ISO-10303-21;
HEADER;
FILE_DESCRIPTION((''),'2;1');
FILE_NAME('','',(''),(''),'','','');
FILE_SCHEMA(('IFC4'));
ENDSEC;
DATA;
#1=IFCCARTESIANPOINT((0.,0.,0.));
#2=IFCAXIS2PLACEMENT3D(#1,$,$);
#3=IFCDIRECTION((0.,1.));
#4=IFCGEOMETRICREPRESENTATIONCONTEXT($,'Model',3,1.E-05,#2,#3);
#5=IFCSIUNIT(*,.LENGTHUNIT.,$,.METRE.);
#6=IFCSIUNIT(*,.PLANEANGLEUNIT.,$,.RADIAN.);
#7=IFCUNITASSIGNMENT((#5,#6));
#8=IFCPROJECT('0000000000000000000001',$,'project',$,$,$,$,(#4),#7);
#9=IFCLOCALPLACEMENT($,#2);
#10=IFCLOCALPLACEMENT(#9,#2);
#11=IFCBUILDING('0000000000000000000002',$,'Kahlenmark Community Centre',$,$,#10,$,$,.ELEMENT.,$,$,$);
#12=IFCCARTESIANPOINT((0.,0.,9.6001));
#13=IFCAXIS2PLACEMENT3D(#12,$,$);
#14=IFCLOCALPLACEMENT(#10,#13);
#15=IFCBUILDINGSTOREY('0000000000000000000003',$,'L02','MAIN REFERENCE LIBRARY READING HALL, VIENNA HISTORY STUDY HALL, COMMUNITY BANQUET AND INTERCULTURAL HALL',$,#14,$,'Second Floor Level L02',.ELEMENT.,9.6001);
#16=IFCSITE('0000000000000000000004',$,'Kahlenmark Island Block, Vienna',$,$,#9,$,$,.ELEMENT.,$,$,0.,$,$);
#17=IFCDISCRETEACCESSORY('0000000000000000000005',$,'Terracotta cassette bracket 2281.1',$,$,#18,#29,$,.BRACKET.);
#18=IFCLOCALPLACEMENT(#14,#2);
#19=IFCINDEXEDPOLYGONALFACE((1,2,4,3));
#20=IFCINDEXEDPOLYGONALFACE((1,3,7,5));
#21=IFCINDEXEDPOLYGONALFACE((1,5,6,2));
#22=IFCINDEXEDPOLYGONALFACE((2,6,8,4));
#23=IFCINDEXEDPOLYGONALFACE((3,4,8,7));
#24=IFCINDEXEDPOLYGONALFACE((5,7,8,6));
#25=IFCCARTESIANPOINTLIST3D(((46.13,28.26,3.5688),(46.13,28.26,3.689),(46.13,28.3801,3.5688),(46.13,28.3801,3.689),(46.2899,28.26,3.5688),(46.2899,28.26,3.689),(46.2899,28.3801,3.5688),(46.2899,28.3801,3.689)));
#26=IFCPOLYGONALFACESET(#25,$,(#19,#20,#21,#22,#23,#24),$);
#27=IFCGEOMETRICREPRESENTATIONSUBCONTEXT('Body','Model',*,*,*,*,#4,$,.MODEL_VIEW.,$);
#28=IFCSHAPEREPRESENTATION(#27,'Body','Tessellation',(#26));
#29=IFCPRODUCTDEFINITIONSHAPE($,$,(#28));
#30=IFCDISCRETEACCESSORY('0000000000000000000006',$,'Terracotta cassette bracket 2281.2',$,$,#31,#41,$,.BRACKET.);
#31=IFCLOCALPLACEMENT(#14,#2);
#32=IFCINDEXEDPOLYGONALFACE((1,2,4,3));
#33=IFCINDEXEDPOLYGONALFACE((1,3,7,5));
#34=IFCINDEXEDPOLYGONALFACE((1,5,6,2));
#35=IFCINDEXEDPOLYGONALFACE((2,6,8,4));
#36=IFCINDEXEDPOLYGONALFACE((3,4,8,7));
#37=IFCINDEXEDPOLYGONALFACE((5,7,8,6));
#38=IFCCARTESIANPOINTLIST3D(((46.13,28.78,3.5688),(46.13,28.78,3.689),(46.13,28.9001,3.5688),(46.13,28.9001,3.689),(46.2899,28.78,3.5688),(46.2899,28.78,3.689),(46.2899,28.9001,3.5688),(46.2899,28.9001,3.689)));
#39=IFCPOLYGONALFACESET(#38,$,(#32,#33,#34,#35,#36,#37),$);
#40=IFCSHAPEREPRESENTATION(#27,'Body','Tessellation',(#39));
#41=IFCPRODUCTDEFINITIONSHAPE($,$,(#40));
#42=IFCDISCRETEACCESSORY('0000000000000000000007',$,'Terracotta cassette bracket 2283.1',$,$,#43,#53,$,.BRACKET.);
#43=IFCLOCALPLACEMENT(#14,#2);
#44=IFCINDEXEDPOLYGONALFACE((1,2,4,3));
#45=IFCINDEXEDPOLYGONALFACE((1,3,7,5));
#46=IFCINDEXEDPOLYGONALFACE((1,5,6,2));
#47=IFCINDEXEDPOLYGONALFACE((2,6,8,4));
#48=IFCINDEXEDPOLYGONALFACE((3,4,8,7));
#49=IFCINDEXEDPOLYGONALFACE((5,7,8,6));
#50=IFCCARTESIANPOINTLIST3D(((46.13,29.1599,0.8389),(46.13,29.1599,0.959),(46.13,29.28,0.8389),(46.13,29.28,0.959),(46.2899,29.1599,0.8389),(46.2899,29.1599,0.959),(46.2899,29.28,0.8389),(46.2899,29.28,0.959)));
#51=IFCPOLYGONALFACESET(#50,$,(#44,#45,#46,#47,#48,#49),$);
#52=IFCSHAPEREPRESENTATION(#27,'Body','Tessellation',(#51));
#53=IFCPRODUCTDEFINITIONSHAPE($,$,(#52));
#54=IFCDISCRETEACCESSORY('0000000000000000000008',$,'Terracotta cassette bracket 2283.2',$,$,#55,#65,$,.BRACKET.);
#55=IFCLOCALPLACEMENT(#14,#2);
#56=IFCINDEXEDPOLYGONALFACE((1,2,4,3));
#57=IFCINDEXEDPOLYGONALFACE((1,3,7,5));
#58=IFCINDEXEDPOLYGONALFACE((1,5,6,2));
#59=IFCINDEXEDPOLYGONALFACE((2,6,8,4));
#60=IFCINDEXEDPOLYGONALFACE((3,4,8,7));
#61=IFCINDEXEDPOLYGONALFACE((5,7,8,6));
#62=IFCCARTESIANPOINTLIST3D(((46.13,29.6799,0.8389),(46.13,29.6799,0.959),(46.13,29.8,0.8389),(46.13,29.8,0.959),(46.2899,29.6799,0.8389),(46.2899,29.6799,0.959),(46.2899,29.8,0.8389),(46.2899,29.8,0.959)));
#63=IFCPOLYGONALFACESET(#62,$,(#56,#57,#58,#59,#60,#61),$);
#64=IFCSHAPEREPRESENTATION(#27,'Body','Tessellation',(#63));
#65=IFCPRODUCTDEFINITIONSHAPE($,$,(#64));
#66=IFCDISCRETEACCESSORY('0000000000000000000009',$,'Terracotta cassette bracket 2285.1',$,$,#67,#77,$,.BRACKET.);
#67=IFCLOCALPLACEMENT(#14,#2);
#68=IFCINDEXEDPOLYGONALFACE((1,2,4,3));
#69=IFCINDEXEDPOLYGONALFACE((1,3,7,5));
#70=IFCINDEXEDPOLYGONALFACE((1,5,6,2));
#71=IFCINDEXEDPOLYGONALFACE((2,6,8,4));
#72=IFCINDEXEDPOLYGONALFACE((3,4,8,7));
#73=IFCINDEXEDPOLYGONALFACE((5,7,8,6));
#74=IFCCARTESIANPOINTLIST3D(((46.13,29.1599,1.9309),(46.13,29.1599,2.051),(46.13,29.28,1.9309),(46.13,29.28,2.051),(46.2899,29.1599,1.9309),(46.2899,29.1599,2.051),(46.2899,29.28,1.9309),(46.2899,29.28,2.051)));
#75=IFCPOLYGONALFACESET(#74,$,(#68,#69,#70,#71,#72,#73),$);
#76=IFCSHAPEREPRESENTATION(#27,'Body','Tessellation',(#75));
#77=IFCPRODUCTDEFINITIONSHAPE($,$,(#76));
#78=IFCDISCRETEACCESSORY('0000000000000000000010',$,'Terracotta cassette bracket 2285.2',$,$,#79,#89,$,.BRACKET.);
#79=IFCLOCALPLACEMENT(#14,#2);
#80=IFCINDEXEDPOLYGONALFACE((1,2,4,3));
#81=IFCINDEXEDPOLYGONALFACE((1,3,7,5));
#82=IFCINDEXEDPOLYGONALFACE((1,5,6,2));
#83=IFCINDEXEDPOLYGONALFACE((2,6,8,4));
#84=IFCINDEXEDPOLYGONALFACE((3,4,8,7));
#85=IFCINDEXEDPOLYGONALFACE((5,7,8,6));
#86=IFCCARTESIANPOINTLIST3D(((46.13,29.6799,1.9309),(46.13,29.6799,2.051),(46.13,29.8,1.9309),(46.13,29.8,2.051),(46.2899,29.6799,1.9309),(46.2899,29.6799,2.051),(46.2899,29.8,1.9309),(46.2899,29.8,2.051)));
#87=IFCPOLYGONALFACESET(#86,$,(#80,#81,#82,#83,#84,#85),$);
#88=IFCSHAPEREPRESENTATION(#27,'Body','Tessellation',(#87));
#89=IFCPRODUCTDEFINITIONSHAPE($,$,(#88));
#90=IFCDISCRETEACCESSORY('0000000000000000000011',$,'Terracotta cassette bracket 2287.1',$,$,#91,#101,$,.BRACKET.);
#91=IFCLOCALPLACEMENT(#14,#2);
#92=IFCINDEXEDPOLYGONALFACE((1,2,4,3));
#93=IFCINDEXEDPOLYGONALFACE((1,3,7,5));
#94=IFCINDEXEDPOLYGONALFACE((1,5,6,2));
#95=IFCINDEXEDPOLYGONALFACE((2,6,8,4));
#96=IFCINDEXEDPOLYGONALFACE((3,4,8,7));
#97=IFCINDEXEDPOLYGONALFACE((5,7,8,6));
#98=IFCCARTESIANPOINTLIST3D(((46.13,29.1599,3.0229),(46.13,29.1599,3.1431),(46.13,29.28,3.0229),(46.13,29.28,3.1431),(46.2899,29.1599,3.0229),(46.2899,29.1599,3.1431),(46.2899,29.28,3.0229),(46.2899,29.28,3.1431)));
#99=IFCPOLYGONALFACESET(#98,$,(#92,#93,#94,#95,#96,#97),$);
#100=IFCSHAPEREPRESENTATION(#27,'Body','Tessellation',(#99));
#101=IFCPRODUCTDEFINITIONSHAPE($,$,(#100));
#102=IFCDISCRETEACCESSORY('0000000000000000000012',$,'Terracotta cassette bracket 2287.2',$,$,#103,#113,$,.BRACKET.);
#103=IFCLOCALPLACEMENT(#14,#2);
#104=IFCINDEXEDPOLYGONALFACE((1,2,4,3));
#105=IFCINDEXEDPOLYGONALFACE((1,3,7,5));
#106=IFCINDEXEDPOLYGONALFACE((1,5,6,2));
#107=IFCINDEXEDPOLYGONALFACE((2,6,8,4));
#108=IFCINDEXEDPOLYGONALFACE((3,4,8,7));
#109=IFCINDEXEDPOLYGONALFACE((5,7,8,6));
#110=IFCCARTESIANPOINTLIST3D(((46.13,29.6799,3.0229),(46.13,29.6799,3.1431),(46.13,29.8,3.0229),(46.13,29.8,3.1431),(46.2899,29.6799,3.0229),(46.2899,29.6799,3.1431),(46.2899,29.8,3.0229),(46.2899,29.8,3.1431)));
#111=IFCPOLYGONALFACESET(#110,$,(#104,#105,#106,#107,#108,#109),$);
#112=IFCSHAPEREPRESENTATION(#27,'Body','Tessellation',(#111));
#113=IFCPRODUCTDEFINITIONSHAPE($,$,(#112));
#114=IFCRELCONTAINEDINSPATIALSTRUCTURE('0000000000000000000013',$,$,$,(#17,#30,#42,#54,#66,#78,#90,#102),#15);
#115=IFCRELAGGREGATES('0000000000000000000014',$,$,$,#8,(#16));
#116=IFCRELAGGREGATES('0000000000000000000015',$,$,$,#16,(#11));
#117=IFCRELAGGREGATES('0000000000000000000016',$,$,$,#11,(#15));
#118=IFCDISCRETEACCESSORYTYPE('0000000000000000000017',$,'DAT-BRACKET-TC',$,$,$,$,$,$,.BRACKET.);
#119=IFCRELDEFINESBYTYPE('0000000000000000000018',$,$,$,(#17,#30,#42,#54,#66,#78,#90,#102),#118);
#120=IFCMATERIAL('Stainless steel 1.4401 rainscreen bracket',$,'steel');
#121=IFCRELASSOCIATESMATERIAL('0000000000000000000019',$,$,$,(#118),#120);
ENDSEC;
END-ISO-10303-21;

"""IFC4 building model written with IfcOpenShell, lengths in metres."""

from ifc_helpers import new_model, si_unit, direction, frame, origin, origin_2d, place, context, subcontext, project, spatial, rectangle, extrude, material, type_object, element, save


model = new_model("IFC4")

# Units and contexts
model_context = context("Model", 3, precision=1e-05, world=origin(), true_north=direction((0.0, 1.0)))
body_context = subcontext(model_context, "Body", "Model", "MODEL_VIEW")
ifc_project = project(units=[si_unit("LENGTHUNIT", "METRE"), si_unit("PLANEANGLEUNIT", "RADIAN")], contexts=[model_context])

# Site, building, storey
site_placement = place(None, origin())
site = spatial("IfcSite", under=ifc_project, at=site_placement, Name="Kahlenmark Island Block, Vienna", CompositionType="ELEMENT", RefElevation=0.0)
building_placement = place(site_placement, origin())
building = spatial("IfcBuilding", under=site, at=building_placement, Name="Kahlenmark Community Centre", CompositionType="ELEMENT")
storey_placement = place(building_placement, frame((0.0, 0.0, 9.6001)))
storey = spatial("IfcBuildingStorey", under=building, at=storey_placement, Name="L02", Description="MAIN REFERENCE LIBRARY READING HALL, VIENNA HISTORY STUDY HALL, COMMUNITY BANQUET AND INTERCULTURAL HALL", LongName="Second Floor Level L02", CompositionType="ELEMENT", Elevation=9.6001)

# Discrete accessories
ifc_material_1 = material(Name="Stainless steel 1.4401 rainscreen bracket", Category="steel")
discrete_accessory_type = type_object("IfcDiscreteAccessoryType", Name="DAT-BRACKET-TC", PredefinedType="BRACKET", material=ifc_material_1)
for number, where, z_axis, x_axis, name in (
    (1, (46.21, 28.3201, 3.5688), (0.0, 0.0, 1.0), (0.0, 1.0, 0.0), "Terracotta cassette bracket 2281.1"),
    (2, (46.21, 28.8401, 3.5688), (0.0, 0.0, 1.0), (0.0, 1.0, 0.0), "Terracotta cassette bracket 2281.2"),
    (3, (46.21, 29.22, 0.8389), (0.0, 0.0, 1.0), (0.0, 1.0, 0.0), "Terracotta cassette bracket 2283.1"),
    (4, (46.21, 29.74, 0.8389), (0.0, 0.0, 1.0), (0.0, 1.0, 0.0), "Terracotta cassette bracket 2283.2"),
    (5, (46.21, 29.22, 1.9309), (0.0, 0.0, 1.0), (0.0, 1.0, 0.0), "Terracotta cassette bracket 2285.1"),
    (6, (46.21, 29.74, 1.9309), (0.0, 0.0, 1.0), (0.0, 1.0, 0.0), "Terracotta cassette bracket 2285.2"),
    (7, (46.21, 29.22, 3.0229), (0.0, 0.0, 1.0), (0.0, 1.0, 0.0), "Terracotta cassette bracket 2287.1"),
    (8, (46.21, 29.74, 3.0229), (0.0, 0.0, 1.0), (0.0, 1.0, 0.0), "Terracotta cassette bracket 2287.2"),
):
    element("IfcDiscreteAccessory", number, at=place(storey_placement, frame(where, z_axis=z_axis, x_axis=x_axis)), inside=storey, type_object=discrete_accessory_type, Name=name, PredefinedType="BRACKET", context=body_context, shape_type="SweptSolid", body=[
        extrude(rectangle(XDim=0.1201, YDim=0.1599, at=origin_2d()), origin(), (0.0, 0.0, 1.0), 0.1201),
    ])

save(model, "model.ifc")
